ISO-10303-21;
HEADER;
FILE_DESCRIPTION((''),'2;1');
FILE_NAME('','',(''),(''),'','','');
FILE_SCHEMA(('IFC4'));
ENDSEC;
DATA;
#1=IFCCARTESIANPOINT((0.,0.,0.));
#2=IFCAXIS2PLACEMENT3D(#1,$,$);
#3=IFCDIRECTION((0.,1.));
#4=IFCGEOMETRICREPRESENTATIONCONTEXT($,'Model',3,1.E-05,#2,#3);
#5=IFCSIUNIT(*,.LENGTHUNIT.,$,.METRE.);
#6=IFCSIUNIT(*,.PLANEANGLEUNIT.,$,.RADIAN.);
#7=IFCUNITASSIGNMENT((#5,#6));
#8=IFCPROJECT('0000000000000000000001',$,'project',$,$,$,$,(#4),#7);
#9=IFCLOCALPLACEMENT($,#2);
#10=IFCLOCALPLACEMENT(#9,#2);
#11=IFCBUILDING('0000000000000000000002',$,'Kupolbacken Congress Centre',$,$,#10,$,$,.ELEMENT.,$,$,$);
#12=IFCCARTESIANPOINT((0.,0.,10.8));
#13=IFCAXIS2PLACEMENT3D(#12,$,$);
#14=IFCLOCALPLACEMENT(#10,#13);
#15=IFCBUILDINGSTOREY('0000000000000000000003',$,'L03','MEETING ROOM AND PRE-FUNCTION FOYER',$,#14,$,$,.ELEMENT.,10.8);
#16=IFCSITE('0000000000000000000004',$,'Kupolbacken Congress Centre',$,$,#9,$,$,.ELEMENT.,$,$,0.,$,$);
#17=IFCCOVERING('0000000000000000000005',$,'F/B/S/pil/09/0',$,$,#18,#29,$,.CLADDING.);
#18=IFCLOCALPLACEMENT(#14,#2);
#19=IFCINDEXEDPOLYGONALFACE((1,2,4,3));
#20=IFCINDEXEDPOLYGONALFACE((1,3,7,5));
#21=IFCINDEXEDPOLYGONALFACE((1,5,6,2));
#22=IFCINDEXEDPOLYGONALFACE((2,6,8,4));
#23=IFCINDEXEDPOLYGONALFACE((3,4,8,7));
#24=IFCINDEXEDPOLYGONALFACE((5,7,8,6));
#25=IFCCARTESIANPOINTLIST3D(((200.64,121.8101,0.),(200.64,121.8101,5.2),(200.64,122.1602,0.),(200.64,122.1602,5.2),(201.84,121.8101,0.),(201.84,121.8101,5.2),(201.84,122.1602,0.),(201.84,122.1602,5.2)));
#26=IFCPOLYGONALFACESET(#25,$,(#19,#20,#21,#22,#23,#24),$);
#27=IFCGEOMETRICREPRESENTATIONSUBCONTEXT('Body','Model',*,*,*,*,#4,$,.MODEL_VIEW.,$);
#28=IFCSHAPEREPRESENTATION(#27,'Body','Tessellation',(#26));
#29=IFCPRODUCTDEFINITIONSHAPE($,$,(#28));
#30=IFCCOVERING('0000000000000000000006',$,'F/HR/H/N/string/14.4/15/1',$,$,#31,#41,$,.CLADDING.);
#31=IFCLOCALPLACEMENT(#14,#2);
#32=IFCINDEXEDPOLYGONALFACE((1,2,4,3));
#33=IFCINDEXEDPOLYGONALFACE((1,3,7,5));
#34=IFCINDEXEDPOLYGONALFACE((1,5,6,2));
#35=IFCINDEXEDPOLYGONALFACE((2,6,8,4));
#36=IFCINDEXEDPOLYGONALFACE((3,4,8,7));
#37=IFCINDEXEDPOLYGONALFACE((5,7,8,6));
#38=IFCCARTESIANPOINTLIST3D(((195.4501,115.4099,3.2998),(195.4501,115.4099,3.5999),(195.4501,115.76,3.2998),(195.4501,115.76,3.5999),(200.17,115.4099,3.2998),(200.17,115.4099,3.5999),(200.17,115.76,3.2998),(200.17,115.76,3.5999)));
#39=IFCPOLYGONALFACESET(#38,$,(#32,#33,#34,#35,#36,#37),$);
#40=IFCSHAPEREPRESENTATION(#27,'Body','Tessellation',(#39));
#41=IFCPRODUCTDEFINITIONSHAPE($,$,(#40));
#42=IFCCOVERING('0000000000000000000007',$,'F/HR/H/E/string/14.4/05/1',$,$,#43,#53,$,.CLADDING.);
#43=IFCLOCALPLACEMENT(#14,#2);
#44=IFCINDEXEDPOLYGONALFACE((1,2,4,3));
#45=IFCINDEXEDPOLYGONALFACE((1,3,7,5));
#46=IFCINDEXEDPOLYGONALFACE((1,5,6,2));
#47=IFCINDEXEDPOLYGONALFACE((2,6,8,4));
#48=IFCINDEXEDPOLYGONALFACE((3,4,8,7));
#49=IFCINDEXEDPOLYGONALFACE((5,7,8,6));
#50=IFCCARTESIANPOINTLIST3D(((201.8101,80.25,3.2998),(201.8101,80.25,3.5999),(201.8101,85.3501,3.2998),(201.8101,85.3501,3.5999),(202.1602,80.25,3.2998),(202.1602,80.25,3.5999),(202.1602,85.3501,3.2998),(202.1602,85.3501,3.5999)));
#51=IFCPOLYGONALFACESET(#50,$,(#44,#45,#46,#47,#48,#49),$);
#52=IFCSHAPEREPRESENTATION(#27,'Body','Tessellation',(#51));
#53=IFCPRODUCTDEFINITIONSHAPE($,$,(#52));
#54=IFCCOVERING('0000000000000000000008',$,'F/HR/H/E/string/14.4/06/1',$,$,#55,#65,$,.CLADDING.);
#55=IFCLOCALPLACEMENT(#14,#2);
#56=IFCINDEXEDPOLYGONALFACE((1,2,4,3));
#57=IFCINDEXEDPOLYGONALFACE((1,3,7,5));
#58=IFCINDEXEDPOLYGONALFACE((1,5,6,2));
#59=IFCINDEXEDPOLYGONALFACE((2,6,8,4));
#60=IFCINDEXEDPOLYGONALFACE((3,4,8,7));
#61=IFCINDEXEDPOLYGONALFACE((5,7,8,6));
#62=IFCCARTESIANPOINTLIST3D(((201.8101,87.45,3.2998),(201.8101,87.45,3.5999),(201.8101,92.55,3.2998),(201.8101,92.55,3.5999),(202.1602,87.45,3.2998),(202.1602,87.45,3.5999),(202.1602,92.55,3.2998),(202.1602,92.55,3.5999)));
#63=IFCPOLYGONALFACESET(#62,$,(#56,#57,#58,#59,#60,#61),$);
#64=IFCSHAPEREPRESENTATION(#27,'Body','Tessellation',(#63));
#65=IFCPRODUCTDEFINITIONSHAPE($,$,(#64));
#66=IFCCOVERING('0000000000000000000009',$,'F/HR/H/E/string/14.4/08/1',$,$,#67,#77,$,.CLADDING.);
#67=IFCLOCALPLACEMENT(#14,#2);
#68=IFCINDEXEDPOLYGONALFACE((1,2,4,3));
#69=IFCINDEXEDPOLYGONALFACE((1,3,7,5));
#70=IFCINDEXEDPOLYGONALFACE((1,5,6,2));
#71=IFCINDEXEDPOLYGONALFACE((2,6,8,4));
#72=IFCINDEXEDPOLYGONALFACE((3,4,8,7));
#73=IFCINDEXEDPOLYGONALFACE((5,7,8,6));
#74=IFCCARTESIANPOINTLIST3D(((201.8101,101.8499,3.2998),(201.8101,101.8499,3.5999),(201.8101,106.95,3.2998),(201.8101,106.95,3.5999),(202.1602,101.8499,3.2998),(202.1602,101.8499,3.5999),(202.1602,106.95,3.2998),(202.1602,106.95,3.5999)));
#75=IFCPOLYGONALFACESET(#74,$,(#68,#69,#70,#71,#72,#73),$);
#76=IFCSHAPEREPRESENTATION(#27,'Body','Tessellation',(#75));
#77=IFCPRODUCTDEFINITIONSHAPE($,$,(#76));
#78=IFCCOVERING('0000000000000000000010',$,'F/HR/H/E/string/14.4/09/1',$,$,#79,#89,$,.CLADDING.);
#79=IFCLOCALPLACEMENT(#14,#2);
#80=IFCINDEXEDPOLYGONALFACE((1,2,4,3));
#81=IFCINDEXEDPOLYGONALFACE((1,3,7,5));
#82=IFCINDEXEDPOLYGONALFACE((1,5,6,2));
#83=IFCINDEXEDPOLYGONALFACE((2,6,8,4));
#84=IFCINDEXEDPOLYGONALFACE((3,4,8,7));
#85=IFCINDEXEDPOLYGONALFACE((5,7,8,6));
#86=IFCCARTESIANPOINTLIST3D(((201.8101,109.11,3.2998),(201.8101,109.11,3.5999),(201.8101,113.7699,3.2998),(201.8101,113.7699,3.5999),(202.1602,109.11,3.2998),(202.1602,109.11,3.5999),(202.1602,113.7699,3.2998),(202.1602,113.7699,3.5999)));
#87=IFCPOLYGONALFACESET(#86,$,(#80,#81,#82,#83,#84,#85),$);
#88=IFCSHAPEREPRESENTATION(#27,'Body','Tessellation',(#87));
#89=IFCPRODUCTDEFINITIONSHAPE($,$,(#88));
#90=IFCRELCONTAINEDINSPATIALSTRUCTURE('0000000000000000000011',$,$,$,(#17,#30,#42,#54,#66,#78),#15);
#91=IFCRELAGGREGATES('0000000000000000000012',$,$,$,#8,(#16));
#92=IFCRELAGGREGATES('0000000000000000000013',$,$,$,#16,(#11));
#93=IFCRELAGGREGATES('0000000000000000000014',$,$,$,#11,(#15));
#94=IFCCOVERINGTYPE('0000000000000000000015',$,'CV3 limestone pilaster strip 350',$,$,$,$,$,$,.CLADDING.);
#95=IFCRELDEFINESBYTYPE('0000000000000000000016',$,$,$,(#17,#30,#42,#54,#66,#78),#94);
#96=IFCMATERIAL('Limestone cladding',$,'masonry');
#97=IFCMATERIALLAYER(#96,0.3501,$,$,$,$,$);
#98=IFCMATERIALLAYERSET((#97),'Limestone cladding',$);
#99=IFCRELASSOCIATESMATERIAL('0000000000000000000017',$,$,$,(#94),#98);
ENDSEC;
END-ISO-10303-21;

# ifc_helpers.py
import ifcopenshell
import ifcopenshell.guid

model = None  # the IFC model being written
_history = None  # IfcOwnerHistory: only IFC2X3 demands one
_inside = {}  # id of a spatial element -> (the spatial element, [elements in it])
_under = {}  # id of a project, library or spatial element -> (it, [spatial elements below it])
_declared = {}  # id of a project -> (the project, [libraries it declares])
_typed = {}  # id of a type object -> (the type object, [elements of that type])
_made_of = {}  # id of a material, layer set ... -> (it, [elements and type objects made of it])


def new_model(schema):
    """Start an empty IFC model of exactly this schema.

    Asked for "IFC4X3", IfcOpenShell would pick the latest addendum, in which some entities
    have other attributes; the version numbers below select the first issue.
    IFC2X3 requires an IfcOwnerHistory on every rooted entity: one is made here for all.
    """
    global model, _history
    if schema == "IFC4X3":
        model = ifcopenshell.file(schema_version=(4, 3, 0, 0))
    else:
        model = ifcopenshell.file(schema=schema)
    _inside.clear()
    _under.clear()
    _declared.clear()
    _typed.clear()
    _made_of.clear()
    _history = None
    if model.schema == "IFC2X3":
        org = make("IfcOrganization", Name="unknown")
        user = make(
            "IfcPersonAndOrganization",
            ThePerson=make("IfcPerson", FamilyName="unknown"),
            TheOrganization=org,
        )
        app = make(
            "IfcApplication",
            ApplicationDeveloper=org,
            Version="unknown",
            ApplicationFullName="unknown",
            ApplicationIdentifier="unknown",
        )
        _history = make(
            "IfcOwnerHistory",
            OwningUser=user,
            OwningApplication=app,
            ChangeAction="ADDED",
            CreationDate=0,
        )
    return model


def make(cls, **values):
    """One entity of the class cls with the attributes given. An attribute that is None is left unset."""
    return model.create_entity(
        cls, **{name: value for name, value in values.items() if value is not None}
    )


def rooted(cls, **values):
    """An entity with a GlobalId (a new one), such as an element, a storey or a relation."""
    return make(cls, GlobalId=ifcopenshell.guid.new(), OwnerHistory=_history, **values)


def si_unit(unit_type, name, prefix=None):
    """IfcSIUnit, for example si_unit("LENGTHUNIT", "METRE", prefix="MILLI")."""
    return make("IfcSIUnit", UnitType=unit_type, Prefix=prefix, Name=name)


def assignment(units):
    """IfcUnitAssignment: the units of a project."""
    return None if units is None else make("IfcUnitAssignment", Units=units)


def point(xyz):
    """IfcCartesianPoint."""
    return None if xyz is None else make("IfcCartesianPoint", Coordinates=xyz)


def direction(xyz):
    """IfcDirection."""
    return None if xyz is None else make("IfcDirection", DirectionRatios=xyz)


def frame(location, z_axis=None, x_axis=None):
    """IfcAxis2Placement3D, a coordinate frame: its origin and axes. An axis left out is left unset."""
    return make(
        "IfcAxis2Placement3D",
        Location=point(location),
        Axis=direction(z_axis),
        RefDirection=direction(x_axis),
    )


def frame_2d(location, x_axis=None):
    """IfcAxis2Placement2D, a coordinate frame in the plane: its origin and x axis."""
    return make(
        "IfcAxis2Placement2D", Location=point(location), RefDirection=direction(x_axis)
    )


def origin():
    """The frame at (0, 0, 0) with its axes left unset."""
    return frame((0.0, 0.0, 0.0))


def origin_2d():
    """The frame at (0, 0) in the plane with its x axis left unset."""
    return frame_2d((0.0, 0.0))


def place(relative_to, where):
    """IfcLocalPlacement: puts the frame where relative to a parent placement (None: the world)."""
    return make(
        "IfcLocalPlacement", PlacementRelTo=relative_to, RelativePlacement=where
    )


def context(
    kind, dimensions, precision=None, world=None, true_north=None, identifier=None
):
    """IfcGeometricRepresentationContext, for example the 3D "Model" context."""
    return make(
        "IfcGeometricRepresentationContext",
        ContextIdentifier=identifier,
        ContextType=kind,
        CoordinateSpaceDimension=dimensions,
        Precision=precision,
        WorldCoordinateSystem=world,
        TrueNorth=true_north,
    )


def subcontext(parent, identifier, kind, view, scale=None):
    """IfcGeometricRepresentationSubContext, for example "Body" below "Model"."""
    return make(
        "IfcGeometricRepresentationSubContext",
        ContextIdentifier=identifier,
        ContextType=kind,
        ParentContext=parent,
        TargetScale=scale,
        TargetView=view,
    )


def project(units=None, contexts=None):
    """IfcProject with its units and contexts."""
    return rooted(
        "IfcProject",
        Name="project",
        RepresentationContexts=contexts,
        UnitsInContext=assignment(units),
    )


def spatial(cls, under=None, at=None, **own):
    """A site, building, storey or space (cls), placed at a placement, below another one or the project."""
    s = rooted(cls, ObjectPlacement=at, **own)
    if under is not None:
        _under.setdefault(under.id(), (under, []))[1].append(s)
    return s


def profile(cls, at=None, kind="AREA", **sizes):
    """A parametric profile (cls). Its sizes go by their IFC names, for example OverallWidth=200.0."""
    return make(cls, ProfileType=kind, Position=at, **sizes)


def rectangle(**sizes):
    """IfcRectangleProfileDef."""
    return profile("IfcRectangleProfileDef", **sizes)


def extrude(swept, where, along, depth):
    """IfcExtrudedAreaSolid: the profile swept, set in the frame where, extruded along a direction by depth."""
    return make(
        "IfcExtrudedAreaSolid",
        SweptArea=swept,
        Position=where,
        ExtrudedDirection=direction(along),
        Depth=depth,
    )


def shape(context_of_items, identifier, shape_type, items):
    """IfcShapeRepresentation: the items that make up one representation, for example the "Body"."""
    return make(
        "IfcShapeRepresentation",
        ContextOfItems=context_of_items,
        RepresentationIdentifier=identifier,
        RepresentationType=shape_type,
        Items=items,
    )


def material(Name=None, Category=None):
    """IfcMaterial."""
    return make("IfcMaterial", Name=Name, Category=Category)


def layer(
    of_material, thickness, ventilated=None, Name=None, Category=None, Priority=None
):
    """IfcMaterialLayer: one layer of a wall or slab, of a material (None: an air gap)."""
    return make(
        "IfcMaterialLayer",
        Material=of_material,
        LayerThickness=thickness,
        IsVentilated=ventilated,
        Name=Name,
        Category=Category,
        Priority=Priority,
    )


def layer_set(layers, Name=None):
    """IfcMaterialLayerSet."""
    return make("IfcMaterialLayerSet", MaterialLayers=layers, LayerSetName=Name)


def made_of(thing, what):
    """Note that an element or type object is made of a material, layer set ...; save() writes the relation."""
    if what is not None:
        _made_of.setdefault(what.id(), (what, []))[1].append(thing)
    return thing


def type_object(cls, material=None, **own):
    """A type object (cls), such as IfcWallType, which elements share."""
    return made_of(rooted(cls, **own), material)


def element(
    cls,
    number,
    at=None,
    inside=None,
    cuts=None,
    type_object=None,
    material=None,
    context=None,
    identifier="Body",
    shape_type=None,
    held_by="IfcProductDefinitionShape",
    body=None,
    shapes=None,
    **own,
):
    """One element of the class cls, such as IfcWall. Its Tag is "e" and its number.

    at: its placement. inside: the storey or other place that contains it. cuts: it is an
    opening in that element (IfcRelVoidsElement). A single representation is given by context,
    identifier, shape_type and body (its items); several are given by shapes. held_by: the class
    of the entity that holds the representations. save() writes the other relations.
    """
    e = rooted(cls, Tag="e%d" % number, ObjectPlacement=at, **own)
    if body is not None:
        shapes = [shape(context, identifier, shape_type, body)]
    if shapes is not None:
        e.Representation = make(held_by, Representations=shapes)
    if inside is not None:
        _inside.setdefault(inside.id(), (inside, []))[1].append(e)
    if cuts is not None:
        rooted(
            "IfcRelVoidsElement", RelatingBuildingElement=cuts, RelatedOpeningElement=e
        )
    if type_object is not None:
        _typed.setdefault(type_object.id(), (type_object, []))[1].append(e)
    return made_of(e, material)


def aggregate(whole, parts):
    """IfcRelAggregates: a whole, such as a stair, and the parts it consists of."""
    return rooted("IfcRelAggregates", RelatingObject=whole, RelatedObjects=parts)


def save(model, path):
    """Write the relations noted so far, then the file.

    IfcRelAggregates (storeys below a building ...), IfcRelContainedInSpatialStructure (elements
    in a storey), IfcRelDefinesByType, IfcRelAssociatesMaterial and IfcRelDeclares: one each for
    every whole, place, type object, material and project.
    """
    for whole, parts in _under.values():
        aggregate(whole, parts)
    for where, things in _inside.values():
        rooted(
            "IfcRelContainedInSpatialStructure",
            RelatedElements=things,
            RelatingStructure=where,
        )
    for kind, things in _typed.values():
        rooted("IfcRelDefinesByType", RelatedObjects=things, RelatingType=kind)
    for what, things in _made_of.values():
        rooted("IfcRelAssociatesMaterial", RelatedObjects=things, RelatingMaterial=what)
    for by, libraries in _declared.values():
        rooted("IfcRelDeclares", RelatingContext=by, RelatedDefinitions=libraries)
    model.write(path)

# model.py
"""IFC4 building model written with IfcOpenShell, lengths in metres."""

from ifc_helpers import new_model, si_unit, direction, frame, origin, origin_2d, place, context, subcontext, project, spatial, rectangle, extrude, material, layer, layer_set, type_object, element, save


model = new_model("IFC4")

# Units and contexts
model_context = context("Model", 3, precision=1e-05, world=origin(), true_north=direction((0.0, 1.0)))
body_context = subcontext(model_context, "Body", "Model", "MODEL_VIEW")
ifc_project = project(units=[si_unit("LENGTHUNIT", "METRE"), si_unit("PLANEANGLEUNIT", "RADIAN")], contexts=[model_context])

# Site, building, storey
site_placement = place(None, origin())
site = spatial("IfcSite", under=ifc_project, at=site_placement, Name="Kupolbacken Congress Centre", CompositionType="ELEMENT", RefElevation=0.0)
building_placement = place(site_placement, origin())
building = spatial("IfcBuilding", under=site, at=building_placement, Name="Kupolbacken Congress Centre", CompositionType="ELEMENT")
storey_placement = place(building_placement, frame((0.0, 0.0, 10.8)))
storey = spatial("IfcBuildingStorey", under=building, at=storey_placement, Name="L03", Description="MEETING ROOM AND PRE-FUNCTION FOYER", CompositionType="ELEMENT", Elevation=10.8)

# Coverings
ifc_material_1 = material(Name="Limestone cladding", Category="masonry")
ifc_layer_1 = layer(ifc_material_1, 0.3501)
ifc_layer_set_1 = layer_set([ifc_layer_1], Name="Limestone cladding")
covering_type_1 = type_object("IfcCoveringType", Name="CV3 limestone pilaster strip 350", PredefinedType="CLADDING", material=ifc_layer_set_1)
covering_1_placement = place(storey_placement, frame((201.24, 121.9851, 0.0), z_axis=(0.0, 0.0, 1.0), x_axis=(1.0, 0.0, 0.0)))
element("IfcCovering", 1, at=covering_1_placement, inside=storey, type_object=covering_type_1, Name="F/B/S/pil/09/0", PredefinedType="CLADDING", context=body_context, shape_type="SweptSolid", body=[
    extrude(rectangle(XDim=1.2, YDim=0.3501, at=origin_2d()), origin(), (0.0, 0.0, 1.0), 5.2),
])
covering_2_placement = place(storey_placement, frame((197.8101, 115.585, 3.2998), z_axis=(0.0, 0.0, 1.0), x_axis=(1.0, 0.0, 0.0)))
element("IfcCovering", 2, at=covering_2_placement, inside=storey, type_object=covering_type_1, Name="F/HR/H/N/string/14.4/15/1", PredefinedType="CLADDING", context=body_context, shape_type="SweptSolid", body=[
    extrude(rectangle(XDim=4.72, YDim=0.3501, at=origin_2d()), origin(), (0.0, 0.0, 1.0), 0.3),
])
for number, where, z_axis, x_axis, name in (
    (3, (201.9851, 82.8, 3.2998), (0.0, 0.0, 1.0), (0.0, 1.0, 0.0), "F/HR/H/E/string/14.4/05/1"),
    (4, (201.9851, 90.0, 3.2998), (0.0, 0.0, 1.0), (0.0, 1.0, 0.0), "F/HR/H/E/string/14.4/06/1"),
    (5, (201.9851, 104.3999, 3.2998), (0.0, 0.0, 1.0), (0.0, 1.0, 0.0), "F/HR/H/E/string/14.4/08/1"),
):
    element("IfcCovering", number, at=place(storey_placement, frame(where, z_axis=z_axis, x_axis=x_axis)), inside=storey, type_object=covering_type_1, Name=name, PredefinedType="CLADDING", context=body_context, shape_type="SweptSolid", body=[
        extrude(rectangle(XDim=5.1001, YDim=0.3501, at=origin_2d()), origin(), (0.0, 0.0, 1.0), 0.3),
    ])
covering_3_placement = place(storey_placement, frame((201.9851, 111.4399, 3.2998), z_axis=(0.0, 0.0, 1.0), x_axis=(0.0, 1.0, 0.0)))
element("IfcCovering", 6, at=covering_3_placement, inside=storey, type_object=covering_type_1, Name="F/HR/H/E/string/14.4/09/1", PredefinedType="CLADDING", context=body_context, shape_type="SweptSolid", body=[
    extrude(rectangle(XDim=4.6599, YDim=0.3501, at=origin_2d()), origin(), (0.0, 0.0, 1.0), 0.3),
])

save(model, "model.ifc")
